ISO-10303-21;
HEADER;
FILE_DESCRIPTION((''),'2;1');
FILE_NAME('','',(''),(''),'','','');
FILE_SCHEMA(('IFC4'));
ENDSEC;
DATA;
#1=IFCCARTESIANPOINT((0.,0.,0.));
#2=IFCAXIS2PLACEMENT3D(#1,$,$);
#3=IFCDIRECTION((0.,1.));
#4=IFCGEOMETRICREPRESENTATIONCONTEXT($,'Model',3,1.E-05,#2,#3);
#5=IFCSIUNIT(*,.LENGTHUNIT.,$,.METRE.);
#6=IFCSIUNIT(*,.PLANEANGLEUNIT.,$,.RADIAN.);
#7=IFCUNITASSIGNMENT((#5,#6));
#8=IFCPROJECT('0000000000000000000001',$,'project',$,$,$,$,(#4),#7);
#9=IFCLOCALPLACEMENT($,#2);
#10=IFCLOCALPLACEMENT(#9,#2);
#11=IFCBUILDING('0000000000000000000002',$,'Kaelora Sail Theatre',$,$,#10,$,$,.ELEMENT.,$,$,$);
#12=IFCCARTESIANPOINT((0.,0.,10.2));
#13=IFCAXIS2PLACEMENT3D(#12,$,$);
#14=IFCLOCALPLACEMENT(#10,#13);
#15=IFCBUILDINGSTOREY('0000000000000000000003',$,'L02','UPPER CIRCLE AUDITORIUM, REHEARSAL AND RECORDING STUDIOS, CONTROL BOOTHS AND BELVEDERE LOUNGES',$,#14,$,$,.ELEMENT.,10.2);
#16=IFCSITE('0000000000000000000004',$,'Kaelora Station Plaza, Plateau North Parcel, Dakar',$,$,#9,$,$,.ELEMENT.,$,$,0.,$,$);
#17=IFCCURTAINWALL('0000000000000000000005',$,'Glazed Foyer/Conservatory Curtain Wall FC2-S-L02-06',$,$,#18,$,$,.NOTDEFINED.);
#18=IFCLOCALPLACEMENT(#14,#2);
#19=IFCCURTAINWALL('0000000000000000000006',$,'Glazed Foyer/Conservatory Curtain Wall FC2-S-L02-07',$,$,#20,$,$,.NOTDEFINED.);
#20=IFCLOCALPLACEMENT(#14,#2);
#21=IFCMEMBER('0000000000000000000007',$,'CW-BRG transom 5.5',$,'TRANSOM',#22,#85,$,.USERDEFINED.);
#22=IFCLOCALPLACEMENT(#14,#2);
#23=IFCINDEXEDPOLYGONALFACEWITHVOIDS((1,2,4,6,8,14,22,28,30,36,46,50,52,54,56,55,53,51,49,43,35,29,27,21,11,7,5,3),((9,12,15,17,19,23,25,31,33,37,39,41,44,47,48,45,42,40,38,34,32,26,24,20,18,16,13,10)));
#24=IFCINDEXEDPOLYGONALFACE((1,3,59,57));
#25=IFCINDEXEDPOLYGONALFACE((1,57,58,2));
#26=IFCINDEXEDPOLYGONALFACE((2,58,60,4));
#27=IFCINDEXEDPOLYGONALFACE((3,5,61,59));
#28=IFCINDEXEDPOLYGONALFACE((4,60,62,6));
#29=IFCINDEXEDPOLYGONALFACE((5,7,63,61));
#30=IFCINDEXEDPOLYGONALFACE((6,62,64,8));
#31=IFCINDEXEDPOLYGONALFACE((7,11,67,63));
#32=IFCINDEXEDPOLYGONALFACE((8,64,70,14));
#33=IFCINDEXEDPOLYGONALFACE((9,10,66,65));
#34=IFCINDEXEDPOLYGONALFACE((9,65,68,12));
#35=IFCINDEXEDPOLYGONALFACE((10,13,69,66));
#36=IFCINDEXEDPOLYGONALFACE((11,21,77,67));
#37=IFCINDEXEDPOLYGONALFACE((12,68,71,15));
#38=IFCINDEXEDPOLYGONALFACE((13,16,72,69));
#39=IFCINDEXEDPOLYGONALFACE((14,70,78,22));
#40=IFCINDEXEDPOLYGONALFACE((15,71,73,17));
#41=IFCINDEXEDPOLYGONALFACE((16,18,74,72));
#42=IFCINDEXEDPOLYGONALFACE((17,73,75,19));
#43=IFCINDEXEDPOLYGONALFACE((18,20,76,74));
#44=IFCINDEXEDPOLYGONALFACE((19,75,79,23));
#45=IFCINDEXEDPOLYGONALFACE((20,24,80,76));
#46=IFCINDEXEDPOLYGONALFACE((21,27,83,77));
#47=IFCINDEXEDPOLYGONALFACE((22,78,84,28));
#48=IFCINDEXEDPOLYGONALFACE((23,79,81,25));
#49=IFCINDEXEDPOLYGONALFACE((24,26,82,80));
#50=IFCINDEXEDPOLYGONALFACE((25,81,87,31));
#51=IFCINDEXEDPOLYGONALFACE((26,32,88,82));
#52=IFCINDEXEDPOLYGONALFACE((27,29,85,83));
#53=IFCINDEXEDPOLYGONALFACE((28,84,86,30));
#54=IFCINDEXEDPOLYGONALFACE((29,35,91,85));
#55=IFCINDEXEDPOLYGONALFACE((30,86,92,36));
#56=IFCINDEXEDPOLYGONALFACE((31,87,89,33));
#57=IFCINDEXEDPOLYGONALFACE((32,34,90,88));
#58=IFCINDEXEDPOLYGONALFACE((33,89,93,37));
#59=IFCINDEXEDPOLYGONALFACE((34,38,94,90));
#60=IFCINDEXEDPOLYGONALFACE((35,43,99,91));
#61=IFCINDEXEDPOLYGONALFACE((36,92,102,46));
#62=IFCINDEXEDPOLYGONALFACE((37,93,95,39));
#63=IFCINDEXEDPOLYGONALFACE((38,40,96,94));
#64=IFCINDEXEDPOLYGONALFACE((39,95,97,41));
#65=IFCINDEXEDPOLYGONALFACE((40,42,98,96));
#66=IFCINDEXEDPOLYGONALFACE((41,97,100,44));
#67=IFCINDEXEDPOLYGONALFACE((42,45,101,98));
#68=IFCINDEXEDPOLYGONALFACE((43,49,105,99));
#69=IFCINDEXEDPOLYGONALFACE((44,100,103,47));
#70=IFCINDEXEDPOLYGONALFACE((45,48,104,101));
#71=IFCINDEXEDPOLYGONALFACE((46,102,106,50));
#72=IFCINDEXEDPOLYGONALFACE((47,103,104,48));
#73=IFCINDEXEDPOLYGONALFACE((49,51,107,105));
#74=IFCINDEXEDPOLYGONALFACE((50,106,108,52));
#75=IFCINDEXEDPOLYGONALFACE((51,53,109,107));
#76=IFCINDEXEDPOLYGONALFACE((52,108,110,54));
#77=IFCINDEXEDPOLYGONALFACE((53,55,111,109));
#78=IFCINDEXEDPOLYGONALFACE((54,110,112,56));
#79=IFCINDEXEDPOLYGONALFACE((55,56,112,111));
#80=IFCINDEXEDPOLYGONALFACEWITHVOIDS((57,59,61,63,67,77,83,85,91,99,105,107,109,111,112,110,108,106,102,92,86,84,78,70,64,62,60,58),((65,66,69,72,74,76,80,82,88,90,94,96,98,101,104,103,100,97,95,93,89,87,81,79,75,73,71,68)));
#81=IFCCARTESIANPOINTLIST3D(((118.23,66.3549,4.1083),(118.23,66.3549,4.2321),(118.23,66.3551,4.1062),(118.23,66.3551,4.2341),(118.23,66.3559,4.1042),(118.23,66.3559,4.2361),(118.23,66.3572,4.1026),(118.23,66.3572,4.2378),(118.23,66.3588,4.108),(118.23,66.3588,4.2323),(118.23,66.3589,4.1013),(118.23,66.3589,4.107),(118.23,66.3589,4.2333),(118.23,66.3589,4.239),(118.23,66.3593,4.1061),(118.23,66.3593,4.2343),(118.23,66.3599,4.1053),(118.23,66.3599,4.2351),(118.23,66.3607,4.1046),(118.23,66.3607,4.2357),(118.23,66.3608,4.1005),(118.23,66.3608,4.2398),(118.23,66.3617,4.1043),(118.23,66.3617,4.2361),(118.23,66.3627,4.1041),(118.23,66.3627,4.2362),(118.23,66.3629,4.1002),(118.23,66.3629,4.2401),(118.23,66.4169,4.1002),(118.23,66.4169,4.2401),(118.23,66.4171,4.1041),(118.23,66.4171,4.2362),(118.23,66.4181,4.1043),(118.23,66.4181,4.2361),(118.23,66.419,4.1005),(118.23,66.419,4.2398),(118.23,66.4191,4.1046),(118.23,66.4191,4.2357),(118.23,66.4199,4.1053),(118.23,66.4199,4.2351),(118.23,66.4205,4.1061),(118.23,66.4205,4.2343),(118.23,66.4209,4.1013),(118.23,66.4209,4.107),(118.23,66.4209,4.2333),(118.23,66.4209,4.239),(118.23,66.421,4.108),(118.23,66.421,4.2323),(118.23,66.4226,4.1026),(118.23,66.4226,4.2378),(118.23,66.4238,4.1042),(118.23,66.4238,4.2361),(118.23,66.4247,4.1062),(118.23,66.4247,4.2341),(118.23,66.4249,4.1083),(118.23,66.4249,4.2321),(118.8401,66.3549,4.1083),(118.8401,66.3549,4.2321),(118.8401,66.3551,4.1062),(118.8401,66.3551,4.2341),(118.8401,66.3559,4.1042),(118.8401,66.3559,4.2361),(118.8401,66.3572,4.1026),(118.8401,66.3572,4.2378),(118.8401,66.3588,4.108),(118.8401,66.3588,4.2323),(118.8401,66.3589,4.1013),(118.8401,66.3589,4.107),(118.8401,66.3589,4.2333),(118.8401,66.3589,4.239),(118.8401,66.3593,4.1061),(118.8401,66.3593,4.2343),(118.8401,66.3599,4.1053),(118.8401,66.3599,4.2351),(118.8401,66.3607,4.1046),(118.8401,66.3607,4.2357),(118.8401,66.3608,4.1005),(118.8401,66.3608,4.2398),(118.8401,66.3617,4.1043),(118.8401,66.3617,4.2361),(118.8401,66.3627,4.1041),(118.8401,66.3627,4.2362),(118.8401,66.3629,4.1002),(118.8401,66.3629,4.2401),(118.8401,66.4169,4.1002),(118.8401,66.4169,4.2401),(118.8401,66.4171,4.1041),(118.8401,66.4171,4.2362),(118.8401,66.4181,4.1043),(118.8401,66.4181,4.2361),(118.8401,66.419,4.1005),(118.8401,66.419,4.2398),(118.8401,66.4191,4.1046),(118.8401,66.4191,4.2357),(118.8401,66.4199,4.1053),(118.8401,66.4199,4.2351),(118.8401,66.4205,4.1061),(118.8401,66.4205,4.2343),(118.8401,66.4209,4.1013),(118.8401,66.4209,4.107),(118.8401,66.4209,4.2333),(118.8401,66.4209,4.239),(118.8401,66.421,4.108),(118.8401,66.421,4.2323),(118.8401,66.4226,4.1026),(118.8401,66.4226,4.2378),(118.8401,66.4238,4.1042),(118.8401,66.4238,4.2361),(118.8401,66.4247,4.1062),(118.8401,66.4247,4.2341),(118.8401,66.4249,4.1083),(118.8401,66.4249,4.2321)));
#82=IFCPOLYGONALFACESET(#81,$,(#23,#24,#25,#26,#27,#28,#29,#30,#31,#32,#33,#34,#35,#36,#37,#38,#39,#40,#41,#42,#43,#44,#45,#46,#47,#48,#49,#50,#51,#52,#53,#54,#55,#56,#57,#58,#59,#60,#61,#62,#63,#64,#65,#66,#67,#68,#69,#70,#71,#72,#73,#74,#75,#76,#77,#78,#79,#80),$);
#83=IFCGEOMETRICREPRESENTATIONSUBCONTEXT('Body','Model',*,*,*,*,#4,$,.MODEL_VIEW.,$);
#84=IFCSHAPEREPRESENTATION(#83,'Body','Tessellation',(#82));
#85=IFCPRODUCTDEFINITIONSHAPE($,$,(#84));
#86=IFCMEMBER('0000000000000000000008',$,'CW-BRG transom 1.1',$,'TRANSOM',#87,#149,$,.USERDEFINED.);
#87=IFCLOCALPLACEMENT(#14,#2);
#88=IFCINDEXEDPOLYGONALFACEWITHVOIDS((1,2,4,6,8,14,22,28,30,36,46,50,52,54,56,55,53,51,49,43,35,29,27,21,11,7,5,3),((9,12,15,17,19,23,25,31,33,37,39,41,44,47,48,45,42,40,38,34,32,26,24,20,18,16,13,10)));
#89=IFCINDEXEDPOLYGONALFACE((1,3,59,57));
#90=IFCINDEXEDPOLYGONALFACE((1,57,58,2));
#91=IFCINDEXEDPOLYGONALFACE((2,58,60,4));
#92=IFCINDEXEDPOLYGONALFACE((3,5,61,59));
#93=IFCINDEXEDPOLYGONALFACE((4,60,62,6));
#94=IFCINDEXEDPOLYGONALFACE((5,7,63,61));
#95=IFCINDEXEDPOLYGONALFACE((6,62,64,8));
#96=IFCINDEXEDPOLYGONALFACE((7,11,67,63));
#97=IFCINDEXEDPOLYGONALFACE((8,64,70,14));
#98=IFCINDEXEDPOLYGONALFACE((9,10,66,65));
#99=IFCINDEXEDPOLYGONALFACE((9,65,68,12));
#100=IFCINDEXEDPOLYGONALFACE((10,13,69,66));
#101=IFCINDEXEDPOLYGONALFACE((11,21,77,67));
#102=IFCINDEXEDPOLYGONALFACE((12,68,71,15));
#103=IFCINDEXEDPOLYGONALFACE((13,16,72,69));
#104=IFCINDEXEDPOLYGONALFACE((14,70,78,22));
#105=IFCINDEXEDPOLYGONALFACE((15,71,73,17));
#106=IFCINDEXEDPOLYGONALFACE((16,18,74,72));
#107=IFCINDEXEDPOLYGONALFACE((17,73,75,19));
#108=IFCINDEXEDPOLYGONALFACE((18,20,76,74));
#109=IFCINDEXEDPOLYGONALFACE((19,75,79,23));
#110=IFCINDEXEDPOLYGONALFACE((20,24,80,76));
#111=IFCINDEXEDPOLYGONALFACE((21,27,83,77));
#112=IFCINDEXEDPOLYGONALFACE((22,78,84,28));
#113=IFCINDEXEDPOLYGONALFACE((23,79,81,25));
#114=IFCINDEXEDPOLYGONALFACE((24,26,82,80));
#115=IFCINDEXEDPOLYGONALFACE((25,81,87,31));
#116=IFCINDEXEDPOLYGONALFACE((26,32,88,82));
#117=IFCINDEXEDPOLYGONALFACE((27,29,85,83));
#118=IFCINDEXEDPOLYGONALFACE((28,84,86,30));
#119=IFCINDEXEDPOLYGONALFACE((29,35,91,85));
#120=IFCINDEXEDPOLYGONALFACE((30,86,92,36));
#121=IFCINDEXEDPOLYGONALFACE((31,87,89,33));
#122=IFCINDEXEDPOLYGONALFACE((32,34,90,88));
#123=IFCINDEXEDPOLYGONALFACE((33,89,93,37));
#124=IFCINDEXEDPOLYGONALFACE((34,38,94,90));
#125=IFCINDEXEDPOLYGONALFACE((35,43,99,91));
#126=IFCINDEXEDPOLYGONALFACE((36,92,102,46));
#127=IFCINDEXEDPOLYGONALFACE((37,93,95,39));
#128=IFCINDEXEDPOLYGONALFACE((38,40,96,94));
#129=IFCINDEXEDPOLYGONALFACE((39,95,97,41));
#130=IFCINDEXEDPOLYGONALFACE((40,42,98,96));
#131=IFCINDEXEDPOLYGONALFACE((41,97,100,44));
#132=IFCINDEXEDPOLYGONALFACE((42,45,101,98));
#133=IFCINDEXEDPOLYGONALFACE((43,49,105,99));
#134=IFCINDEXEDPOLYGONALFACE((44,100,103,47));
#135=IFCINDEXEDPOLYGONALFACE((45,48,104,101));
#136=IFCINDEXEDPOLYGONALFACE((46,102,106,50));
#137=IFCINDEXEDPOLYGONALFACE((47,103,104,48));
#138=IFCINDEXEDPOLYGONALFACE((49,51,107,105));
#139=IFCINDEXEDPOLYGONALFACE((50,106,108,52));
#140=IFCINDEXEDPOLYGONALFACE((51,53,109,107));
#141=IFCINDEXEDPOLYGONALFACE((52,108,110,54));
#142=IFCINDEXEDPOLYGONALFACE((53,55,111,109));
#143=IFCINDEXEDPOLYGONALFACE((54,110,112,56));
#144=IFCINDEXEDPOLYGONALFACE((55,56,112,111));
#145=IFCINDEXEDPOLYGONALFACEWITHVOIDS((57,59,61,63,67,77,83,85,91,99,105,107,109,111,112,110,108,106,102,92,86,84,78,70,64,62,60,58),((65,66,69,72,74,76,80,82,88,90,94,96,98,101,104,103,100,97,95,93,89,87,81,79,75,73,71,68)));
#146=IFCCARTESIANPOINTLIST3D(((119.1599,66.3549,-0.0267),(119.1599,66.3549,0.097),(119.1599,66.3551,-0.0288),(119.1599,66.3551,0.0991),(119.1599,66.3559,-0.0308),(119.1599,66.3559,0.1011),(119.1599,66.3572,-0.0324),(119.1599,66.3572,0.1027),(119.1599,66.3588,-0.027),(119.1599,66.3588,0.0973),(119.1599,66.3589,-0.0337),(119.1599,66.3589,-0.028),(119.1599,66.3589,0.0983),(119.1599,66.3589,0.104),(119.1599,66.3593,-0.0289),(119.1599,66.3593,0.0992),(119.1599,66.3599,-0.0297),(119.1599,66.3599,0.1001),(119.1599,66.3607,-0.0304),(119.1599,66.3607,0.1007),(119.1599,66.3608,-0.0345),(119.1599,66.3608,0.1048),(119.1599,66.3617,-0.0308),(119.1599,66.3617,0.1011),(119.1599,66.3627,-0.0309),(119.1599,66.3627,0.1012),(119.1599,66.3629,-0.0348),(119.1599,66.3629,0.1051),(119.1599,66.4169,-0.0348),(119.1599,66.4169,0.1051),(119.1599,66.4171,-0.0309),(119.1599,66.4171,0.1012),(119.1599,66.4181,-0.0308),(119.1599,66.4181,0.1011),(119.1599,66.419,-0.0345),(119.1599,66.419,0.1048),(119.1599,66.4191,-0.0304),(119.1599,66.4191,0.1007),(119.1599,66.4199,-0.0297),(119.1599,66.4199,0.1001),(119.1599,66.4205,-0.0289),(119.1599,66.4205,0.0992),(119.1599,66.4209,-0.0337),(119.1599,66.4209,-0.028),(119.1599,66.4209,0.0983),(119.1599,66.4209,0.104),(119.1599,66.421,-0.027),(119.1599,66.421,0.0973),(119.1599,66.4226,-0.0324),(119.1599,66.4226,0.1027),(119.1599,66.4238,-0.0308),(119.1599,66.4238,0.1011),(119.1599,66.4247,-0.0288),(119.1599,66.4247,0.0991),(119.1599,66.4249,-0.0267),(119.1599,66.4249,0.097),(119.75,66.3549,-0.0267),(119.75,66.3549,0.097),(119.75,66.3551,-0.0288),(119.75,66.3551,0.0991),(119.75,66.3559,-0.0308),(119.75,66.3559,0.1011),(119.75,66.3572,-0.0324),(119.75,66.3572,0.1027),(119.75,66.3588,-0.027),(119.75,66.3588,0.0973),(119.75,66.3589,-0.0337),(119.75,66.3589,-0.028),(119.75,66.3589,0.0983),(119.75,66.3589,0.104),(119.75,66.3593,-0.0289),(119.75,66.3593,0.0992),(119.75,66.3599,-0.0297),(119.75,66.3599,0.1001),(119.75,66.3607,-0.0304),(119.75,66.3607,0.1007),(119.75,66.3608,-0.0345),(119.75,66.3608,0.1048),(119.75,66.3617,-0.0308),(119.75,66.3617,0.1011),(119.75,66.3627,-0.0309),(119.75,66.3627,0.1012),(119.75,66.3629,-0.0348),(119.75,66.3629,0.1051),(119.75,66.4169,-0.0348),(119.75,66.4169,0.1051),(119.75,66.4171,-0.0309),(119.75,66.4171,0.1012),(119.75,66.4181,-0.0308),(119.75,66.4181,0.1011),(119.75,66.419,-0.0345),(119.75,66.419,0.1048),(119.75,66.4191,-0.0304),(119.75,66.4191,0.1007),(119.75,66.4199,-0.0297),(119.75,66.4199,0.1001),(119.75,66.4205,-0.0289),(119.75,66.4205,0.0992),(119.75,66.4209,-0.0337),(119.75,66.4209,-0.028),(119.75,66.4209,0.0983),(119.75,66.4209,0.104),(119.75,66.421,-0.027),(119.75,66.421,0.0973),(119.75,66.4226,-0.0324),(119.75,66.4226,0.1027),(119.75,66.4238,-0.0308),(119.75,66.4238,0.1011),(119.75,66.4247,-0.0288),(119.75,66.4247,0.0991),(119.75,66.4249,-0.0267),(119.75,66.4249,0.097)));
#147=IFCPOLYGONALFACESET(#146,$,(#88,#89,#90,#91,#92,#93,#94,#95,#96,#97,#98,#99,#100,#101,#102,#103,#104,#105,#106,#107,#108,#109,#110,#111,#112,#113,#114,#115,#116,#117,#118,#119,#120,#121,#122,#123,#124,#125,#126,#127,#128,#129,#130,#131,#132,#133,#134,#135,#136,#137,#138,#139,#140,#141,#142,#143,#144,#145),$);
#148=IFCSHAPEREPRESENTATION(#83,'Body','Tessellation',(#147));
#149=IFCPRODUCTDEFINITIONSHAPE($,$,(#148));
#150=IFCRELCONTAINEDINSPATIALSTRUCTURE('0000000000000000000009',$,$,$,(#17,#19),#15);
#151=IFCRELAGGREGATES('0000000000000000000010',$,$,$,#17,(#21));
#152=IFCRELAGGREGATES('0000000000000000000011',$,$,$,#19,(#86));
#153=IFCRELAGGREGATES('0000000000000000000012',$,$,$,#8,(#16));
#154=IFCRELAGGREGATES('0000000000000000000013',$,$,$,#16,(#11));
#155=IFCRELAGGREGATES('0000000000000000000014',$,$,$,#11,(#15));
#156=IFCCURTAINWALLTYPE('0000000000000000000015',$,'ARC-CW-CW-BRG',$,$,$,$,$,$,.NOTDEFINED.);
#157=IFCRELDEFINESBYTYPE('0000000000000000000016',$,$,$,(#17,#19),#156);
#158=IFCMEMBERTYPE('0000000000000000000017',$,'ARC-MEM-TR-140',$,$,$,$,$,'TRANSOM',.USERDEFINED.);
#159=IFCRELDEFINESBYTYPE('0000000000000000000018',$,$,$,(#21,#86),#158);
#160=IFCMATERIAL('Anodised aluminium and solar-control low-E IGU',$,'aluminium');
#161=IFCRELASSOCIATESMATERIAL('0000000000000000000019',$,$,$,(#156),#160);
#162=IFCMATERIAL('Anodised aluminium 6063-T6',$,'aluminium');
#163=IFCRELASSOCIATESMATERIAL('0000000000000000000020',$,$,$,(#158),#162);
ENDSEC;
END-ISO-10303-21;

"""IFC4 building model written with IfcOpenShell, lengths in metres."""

from ifc_helpers import new_model, si_unit, direction, frame, origin, origin_2d, place, context, subcontext, project, spatial, hollow_rectangle, extrude, material, material_profile, profile_set, type_object, element, aggregate, save


model = new_model("IFC4")

# Units and contexts
model_context = context("Model", 3, precision=1e-05, world=origin(), true_north=direction((0.0, 1.0)))
body_context = subcontext(model_context, "Body", "Model", "MODEL_VIEW")
ifc_project = project(units=[si_unit("LENGTHUNIT", "METRE"), si_unit("PLANEANGLEUNIT", "RADIAN")], contexts=[model_context])

# Site, building, storey
site_placement = place(None, origin())
site = spatial("IfcSite", under=ifc_project, at=site_placement, Name="Kaelora Station Plaza, Plateau North Parcel, Dakar", CompositionType="ELEMENT", RefElevation=0.0)
building_placement = place(site_placement, origin())
building = spatial("IfcBuilding", under=site, at=building_placement, Name="Kaelora Sail Theatre", CompositionType="ELEMENT")
storey_placement = place(building_placement, frame((0.0, 0.0, 10.2)))
storey = spatial("IfcBuildingStorey", under=building, at=storey_placement, Name="L02", Description="UPPER CIRCLE AUDITORIUM, REHEARSAL AND RECORDING STUDIOS, CONTROL BOOTHS AND BELVEDERE LOUNGES", CompositionType="ELEMENT", Elevation=10.2)

# Curtain wall
ifc_material_1 = material(Name="Anodised aluminium and solar-control low-E IGU", Category="aluminium")
curtain_wall_type = type_object("IfcCurtainWallType", Name="ARC-CW-CW-BRG", PredefinedType="NOTDEFINED", material=ifc_material_1)
curtain_wall_1_placement = place(storey_placement, origin())
curtain_wall_1 = element("IfcCurtainWall", 1, at=curtain_wall_1_placement, inside=storey, type_object=curtain_wall_type, Name="Glazed Foyer/Conservatory Curtain Wall FC2-S-L02-06", PredefinedType="NOTDEFINED")

# Curtain wall
curtain_wall_2_placement = place(storey_placement, origin())
curtain_wall_2 = element("IfcCurtainWall", 2, at=curtain_wall_2_placement, inside=storey, type_object=curtain_wall_type, Name="Glazed Foyer/Conservatory Curtain Wall FC2-S-L02-07", PredefinedType="NOTDEFINED")

# Members
ifc_material_2 = material(Name="Anodised aluminium 6063-T6", Category="aluminium")
ifc_material_profile_1 = material_profile(ifc_material_2, hollow_rectangle(XDim=0.0701, YDim=0.1399, WallThickness=0.0039, InnerFilletRadius=0.0039, OuterFilletRadius=0.0081, at=origin_2d()), Name="ALU-TRAN 70x140x4")
ifc_profile_set_1 = profile_set([ifc_material_profile_1], Name="Anodised aluminium 6063-T6")
member_type_1 = type_object("IfcMemberType", Name="ARC-MEM-TR-140", ElementType="TRANSOM", PredefinedType="USERDEFINED", material=ifc_profile_set_1)
member_1_placement = place(storey_placement, frame((118.23, 66.3899, 4.1702), z_axis=(1.0, 0.0, 0.0), x_axis=(0.0, 1.0, 0.0)))
member_1 = element("IfcMember", 3, at=member_1_placement, type_object=member_type_1, Name="CW-BRG transom 5.5", ObjectType="TRANSOM", PredefinedType="USERDEFINED", context=body_context, shape_type="SweptSolid", body=[
    extrude(hollow_rectangle(XDim=0.0701, YDim=0.1399, WallThickness=0.0039, InnerFilletRadius=0.0039, OuterFilletRadius=0.0081, at=origin_2d()), origin(), (0.0, 0.0, 1.0), 0.6101),
])
member_2_placement = place(storey_placement, frame((119.1599, 66.3899, 0.0352), z_axis=(1.0, 0.0, 0.0), x_axis=(0.0, 1.0, 0.0)))
member_2 = element("IfcMember", 4, at=member_2_placement, type_object=member_type_1, Name="CW-BRG transom 1.1", ObjectType="TRANSOM", PredefinedType="USERDEFINED", context=body_context, shape_type="SweptSolid", body=[
    extrude(hollow_rectangle(XDim=0.0701, YDim=0.1399, WallThickness=0.0039, InnerFilletRadius=0.0039, OuterFilletRadius=0.0081, at=origin_2d()), origin(), (0.0, 0.0, 1.0), 0.5901),
])

aggregate(curtain_wall_1, [member_1])
aggregate(curtain_wall_2, [member_2])

save(model, "model.ifc")
